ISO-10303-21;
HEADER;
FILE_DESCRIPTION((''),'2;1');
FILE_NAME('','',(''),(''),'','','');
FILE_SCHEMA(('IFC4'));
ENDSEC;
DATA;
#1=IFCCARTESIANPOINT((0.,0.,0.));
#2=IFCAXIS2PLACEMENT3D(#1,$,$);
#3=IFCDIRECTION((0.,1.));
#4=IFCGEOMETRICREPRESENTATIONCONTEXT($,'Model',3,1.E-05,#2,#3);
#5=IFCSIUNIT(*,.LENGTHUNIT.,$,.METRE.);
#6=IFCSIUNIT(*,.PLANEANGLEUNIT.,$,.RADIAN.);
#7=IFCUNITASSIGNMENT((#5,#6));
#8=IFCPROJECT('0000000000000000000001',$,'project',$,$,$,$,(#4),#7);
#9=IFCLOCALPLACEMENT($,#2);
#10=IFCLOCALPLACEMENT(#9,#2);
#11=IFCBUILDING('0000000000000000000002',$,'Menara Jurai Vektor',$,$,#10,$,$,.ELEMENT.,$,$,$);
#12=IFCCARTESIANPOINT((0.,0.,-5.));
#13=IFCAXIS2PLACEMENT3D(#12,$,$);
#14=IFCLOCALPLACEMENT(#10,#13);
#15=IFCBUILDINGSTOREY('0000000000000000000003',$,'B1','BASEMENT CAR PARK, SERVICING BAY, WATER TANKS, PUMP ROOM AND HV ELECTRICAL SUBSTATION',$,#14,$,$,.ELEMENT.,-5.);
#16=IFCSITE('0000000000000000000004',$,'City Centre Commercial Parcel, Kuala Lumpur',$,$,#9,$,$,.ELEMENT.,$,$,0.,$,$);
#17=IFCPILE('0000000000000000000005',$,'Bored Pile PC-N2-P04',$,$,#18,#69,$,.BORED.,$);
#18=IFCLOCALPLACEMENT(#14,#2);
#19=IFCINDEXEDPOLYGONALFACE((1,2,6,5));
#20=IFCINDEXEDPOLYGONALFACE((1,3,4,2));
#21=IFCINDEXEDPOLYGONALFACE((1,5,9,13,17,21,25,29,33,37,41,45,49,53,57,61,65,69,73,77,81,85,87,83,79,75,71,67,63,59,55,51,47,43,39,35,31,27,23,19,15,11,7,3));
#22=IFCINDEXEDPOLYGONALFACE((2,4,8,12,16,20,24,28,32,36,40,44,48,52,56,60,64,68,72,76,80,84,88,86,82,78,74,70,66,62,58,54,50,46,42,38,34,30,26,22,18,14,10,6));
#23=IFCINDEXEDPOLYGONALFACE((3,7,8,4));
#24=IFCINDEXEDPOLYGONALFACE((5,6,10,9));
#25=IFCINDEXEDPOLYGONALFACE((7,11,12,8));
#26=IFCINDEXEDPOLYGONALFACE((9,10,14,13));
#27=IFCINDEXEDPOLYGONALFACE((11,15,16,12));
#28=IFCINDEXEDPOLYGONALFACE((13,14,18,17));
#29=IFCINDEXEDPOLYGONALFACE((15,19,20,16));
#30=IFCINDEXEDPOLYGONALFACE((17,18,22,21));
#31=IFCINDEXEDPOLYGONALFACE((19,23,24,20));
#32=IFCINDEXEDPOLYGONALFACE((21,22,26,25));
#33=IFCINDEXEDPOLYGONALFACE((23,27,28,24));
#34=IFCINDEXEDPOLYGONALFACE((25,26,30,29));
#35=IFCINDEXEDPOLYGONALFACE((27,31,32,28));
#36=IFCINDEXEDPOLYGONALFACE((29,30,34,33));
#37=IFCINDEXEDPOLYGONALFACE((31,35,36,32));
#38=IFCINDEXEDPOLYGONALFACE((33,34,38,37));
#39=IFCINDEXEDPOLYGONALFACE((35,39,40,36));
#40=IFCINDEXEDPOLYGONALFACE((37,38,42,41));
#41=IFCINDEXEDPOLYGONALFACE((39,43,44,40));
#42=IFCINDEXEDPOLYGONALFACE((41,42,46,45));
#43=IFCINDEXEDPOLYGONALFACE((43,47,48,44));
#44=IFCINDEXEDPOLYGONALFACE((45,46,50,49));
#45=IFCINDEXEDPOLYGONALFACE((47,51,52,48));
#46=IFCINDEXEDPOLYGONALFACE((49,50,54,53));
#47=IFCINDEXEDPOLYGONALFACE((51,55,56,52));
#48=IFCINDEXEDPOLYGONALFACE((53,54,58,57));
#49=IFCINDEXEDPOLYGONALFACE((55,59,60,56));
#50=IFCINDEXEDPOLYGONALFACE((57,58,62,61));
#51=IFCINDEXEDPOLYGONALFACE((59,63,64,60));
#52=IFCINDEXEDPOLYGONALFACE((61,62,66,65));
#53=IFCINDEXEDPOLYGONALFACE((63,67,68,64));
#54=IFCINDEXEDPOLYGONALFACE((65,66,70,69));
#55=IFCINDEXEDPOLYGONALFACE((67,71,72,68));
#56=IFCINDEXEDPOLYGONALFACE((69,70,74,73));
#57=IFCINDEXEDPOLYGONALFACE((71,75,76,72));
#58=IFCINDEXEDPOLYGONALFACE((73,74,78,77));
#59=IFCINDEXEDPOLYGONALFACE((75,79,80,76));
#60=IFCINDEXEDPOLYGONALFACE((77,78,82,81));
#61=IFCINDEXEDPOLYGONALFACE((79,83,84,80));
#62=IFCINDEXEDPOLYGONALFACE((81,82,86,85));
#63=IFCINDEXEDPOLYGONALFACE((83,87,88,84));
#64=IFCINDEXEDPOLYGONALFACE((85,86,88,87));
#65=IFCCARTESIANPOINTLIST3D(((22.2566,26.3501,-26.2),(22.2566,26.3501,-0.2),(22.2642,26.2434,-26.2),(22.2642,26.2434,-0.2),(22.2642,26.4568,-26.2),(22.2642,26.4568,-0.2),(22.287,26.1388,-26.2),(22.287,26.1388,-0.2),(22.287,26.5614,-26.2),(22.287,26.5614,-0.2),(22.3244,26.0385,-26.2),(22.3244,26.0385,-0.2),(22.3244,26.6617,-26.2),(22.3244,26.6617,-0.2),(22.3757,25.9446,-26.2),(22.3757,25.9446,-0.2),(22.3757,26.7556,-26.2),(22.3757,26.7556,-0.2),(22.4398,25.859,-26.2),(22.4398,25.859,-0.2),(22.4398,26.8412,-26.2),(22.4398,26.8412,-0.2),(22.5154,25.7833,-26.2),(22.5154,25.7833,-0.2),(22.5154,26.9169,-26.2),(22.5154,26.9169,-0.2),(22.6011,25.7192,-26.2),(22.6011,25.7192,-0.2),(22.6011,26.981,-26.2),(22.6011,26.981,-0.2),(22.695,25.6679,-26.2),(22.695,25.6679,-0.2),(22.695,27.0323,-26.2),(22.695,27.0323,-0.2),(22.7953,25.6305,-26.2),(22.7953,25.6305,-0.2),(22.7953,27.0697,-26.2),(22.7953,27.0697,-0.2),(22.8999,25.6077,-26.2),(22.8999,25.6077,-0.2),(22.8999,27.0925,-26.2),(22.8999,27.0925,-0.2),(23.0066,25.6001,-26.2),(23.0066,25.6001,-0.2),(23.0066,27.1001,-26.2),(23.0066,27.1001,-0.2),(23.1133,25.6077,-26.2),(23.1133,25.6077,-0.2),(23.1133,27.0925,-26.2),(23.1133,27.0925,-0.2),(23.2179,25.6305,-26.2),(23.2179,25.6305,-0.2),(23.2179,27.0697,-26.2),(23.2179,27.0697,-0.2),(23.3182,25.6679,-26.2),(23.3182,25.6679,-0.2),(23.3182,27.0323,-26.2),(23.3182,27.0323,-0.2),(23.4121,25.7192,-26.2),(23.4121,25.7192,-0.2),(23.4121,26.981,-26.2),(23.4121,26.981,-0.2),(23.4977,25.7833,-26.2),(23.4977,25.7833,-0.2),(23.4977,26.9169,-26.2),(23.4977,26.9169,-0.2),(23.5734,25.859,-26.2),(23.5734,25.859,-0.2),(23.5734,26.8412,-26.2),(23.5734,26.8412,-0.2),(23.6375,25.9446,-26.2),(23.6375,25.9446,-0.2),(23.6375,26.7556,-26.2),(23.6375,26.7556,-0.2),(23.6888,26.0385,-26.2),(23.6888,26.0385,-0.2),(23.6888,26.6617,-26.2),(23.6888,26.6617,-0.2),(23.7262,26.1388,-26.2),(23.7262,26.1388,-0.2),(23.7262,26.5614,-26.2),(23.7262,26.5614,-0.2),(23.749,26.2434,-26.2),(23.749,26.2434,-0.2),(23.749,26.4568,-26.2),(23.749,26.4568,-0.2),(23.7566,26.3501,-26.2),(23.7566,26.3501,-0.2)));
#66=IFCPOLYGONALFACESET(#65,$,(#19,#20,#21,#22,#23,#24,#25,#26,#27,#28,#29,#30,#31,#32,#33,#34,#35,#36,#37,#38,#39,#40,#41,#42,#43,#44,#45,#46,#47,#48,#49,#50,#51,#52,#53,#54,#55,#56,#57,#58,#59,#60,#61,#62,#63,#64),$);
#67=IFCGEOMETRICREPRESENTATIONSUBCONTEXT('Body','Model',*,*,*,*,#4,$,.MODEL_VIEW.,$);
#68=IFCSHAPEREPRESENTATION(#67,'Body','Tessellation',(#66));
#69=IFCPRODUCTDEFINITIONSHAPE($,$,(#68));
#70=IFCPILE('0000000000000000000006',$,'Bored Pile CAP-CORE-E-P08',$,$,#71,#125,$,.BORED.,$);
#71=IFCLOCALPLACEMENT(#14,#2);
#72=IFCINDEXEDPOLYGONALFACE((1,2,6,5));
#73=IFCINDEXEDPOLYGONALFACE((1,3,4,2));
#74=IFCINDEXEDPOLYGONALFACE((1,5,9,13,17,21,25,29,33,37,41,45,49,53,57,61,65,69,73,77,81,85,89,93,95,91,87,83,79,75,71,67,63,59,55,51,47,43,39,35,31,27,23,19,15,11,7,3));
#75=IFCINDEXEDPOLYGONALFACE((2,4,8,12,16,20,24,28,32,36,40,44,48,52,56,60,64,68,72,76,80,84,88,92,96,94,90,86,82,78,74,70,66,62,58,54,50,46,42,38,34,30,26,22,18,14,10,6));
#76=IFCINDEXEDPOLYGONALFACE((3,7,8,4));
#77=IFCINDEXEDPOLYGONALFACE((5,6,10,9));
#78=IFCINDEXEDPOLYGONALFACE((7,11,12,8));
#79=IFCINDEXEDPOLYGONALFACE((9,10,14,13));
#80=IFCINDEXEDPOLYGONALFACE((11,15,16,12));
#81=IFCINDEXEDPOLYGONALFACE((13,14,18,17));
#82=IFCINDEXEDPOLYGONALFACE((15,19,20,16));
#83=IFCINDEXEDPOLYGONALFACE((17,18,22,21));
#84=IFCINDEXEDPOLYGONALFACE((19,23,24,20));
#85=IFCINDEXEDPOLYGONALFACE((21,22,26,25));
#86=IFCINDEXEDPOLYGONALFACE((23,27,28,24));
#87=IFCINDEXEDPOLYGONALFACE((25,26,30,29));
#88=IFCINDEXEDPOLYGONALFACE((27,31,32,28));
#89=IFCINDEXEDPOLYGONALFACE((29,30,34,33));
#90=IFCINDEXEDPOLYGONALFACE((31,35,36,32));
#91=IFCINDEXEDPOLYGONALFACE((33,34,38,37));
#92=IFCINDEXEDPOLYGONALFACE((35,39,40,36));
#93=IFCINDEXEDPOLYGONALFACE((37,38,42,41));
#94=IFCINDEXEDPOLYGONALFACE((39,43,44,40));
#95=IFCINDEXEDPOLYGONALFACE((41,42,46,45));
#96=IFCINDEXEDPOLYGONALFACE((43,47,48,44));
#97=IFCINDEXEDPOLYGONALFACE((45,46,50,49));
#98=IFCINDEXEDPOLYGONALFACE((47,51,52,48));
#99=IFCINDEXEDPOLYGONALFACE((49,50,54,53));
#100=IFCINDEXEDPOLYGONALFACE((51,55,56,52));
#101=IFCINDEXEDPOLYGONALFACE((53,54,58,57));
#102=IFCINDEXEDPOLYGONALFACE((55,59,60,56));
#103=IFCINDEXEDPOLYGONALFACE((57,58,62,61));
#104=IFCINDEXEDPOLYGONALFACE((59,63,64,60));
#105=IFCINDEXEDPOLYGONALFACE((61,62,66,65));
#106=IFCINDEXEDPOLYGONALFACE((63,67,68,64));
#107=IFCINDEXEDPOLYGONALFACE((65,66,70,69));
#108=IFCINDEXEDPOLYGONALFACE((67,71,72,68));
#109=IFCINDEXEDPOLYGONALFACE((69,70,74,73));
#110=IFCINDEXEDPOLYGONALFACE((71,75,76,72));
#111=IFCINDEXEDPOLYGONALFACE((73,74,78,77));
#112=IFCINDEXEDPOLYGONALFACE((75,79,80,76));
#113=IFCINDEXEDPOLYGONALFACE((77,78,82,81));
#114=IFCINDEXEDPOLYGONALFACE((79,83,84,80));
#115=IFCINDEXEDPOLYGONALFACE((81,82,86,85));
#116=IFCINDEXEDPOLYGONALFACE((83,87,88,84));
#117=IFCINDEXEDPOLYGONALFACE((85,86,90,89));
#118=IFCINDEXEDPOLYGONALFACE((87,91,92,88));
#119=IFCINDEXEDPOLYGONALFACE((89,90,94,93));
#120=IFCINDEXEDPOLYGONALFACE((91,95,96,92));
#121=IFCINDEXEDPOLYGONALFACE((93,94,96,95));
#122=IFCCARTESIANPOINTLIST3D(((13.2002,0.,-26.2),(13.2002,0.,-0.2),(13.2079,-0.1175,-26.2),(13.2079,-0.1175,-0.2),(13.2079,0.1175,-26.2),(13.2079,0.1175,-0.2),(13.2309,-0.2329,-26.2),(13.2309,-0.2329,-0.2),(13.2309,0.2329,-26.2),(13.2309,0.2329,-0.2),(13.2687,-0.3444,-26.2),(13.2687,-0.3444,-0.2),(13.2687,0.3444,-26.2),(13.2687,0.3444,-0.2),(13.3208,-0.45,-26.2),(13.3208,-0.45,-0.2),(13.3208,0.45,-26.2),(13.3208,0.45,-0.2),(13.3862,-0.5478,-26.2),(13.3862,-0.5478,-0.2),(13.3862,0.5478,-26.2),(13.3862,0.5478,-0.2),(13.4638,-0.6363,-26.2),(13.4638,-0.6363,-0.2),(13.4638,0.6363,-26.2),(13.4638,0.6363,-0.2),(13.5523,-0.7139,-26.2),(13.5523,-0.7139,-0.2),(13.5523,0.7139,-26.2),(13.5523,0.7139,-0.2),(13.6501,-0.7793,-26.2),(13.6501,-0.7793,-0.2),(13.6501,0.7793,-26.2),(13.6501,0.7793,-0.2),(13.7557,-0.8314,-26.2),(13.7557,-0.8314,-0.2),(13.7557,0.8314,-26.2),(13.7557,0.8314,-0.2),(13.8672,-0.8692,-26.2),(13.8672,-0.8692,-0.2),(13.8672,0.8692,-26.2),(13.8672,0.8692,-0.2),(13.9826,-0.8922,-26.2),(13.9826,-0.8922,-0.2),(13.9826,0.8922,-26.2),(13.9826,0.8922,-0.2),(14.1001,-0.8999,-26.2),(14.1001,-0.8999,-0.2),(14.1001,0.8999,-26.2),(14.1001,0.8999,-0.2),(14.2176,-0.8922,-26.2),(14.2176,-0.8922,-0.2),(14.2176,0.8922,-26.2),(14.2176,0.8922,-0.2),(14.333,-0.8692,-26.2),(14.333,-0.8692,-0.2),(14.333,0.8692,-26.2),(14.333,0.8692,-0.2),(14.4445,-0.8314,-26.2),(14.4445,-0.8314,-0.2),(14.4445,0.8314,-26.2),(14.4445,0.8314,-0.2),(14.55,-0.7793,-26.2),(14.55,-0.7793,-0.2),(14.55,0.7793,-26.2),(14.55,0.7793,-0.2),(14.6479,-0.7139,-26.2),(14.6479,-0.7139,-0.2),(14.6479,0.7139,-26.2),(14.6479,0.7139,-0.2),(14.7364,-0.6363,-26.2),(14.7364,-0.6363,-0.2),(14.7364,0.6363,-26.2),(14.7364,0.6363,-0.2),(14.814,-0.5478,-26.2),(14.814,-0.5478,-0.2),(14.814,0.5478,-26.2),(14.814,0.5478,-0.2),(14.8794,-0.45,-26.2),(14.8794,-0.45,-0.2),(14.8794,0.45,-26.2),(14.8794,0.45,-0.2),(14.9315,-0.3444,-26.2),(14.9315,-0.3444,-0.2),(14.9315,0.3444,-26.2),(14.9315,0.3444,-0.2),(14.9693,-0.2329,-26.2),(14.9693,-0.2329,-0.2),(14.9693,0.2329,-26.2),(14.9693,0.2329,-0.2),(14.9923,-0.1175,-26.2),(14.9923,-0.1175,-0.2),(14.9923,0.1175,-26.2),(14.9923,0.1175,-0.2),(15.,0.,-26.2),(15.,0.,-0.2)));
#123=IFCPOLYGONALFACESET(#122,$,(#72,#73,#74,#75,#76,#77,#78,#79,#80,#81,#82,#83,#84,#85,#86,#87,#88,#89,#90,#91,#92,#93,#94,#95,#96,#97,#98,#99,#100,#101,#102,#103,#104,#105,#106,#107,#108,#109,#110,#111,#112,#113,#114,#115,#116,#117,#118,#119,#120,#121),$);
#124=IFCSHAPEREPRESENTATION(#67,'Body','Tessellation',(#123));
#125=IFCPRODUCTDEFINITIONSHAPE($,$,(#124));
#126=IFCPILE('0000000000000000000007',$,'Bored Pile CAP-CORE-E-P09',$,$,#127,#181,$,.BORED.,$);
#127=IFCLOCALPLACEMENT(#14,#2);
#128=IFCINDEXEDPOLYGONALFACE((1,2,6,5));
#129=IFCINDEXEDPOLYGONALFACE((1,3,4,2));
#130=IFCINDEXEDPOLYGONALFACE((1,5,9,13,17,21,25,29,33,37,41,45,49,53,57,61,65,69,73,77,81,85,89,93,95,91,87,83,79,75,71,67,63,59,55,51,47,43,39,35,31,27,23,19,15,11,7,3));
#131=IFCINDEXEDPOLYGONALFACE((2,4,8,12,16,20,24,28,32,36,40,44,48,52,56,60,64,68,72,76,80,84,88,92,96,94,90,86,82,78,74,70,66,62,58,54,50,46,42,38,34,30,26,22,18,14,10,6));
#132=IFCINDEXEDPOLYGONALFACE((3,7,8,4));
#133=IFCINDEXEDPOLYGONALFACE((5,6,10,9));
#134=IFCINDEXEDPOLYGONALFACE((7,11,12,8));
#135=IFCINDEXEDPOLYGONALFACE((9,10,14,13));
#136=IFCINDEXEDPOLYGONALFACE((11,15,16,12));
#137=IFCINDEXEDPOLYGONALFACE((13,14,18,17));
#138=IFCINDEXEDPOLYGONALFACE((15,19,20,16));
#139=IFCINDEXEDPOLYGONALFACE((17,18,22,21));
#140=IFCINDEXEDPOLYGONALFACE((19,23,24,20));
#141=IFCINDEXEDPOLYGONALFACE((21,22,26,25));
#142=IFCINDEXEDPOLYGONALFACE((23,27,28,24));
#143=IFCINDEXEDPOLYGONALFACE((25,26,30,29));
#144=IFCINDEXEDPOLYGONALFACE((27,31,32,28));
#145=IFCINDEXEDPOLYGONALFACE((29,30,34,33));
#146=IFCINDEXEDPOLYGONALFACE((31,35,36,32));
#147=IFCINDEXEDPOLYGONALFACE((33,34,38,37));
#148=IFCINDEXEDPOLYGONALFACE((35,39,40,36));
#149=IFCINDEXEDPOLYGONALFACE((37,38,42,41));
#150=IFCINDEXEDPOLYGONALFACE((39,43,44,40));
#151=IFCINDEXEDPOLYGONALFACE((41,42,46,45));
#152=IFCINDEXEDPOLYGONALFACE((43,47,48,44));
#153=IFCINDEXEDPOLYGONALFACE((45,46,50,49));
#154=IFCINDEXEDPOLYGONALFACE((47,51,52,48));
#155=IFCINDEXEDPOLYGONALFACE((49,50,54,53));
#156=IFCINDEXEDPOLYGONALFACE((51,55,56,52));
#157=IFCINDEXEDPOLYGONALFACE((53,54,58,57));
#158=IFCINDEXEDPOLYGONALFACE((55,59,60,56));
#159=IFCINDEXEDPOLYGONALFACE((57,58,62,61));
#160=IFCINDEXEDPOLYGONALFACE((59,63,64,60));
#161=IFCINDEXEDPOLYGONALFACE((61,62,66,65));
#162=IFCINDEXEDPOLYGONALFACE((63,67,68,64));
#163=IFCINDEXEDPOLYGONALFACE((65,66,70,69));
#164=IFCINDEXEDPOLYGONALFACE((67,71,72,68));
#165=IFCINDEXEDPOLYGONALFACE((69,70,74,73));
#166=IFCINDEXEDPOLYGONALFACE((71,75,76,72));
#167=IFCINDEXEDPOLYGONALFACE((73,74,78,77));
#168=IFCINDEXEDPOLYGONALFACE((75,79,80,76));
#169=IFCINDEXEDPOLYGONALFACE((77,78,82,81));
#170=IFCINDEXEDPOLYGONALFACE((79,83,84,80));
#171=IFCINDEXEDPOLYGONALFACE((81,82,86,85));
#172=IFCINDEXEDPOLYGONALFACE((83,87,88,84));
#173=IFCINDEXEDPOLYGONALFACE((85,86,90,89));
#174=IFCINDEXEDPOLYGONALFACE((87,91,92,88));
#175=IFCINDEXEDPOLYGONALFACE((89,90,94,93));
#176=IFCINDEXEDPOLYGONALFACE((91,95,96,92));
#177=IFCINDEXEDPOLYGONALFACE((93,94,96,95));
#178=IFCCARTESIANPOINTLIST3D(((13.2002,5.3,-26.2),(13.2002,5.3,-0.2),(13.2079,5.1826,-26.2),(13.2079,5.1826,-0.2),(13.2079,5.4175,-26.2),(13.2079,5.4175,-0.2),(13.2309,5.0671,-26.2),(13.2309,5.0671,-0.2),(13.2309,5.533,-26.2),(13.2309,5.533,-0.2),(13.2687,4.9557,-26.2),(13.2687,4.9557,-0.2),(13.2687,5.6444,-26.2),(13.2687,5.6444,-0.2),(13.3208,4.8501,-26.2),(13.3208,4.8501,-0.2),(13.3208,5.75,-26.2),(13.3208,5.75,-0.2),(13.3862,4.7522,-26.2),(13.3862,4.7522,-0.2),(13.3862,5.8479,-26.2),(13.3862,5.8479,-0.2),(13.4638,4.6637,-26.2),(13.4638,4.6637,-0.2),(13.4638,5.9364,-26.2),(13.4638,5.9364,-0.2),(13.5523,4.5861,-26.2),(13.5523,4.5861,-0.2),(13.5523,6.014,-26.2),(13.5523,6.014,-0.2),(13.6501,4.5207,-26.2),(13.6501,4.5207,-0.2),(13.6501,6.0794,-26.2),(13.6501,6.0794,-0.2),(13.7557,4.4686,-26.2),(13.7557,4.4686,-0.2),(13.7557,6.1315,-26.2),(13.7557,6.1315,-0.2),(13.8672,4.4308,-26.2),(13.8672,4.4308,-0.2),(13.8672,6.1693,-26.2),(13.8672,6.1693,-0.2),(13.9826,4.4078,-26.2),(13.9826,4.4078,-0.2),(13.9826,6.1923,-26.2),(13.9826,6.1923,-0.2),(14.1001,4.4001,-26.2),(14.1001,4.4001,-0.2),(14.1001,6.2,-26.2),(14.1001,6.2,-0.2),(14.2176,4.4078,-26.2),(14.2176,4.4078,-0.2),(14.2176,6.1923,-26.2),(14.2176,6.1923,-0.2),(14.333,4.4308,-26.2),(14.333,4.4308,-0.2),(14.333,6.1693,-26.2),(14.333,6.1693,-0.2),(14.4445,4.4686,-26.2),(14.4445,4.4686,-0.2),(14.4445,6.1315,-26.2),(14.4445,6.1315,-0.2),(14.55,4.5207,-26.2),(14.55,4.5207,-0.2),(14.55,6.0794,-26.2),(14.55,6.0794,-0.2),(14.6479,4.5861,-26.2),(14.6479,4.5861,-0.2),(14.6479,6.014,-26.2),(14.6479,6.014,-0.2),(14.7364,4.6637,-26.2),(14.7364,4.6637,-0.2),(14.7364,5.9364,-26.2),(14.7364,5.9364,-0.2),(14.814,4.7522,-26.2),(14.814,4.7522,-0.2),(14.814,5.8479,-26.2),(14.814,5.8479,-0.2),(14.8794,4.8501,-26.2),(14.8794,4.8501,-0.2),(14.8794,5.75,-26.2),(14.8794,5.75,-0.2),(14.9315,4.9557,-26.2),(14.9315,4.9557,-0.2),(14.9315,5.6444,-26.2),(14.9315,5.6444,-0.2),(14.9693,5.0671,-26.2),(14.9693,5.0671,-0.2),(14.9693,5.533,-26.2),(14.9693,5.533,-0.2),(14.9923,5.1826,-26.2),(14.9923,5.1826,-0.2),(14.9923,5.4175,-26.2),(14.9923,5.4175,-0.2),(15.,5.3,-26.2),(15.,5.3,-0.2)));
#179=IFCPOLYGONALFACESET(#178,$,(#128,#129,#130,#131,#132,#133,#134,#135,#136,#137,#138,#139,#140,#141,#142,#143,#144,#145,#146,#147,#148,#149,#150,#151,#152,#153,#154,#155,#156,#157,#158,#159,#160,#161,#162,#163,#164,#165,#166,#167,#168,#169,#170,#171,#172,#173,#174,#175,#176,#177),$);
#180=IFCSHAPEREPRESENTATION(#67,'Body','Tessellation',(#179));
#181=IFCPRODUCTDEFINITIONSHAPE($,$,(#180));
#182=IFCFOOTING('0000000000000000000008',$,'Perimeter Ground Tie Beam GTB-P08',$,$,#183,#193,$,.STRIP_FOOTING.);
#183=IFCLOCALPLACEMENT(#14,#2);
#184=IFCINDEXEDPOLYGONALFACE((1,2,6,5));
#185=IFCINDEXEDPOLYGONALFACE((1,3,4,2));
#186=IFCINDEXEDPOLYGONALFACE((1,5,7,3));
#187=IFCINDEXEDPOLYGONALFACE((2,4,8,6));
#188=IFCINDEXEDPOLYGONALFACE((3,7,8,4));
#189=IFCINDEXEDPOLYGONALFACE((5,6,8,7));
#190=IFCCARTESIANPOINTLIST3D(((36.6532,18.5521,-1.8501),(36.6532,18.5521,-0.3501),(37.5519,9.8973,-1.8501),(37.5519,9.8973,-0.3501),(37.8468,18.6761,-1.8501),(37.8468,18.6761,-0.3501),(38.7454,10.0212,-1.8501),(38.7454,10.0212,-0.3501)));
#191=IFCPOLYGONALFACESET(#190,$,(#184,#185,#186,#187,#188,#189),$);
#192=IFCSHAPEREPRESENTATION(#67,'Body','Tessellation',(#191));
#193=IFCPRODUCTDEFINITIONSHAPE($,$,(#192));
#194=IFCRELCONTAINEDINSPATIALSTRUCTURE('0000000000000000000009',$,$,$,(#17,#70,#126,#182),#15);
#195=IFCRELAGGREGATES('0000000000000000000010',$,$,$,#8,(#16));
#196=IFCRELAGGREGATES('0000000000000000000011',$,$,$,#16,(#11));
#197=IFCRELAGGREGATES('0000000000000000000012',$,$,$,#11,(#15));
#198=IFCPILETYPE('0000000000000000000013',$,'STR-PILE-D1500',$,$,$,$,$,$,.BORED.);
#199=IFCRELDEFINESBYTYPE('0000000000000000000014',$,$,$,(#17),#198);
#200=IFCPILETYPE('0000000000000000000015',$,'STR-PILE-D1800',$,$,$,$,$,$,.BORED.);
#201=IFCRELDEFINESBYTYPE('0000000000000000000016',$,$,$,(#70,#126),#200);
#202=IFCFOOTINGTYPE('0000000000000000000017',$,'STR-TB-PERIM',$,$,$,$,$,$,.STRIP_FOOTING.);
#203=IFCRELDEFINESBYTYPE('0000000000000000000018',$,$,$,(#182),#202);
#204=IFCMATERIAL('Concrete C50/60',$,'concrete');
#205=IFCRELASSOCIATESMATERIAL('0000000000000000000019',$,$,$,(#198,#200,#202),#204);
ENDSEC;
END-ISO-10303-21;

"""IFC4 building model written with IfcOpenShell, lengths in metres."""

from ifc_helpers import new_model, si_unit, direction, frame, origin, origin_2d, place, context, subcontext, project, spatial, rectangle, circle, extrude, material, material_profile, profile_set, type_object, element, save


model = new_model("IFC4")

# Units and contexts
model_context = context("Model", 3, precision=1e-05, world=origin(), true_north=direction((0.0, 1.0)))
body_context = subcontext(model_context, "Body", "Model", "MODEL_VIEW")
ifc_project = project(units=[si_unit("LENGTHUNIT", "METRE"), si_unit("PLANEANGLEUNIT", "RADIAN")], contexts=[model_context])

# Site, building, storey
site_placement = place(None, origin())
site = spatial("IfcSite", under=ifc_project, at=site_placement, Name="City Centre Commercial Parcel, Kuala Lumpur", CompositionType="ELEMENT", RefElevation=0.0)
building_placement = place(site_placement, origin())
building = spatial("IfcBuilding", under=site, at=building_placement, Name="Menara Jurai Vektor", CompositionType="ELEMENT")
storey_placement = place(building_placement, frame((0.0, 0.0, -5.0)))
storey = spatial("IfcBuildingStorey", under=building, at=storey_placement, Name="B1", Description="BASEMENT CAR PARK, SERVICING BAY, WATER TANKS, PUMP ROOM AND HV ELECTRICAL SUBSTATION", CompositionType="ELEMENT", Elevation=-5.0)

# Shared definitions
ifc_material_1 = material(Name="Concrete C50/60", Category="concrete")

# Piles
ifc_material_profile_1 = material_profile(ifc_material_1, circle(Radius=0.75, at=origin_2d()), Name="PILE D1500")
ifc_profile_set_1 = profile_set([ifc_material_profile_1], Name="Concrete C50/60")
pile_type_1 = type_object("IfcPileType", Name="STR-PILE-D1500", PredefinedType="BORED", material=ifc_profile_set_1)
for number, where, z_axis, x_axis, name in (
    (1, (23.0066, 26.3501, -0.2), (0.0, 0.0, -1.0), (1.0, 0.0, 0.0), "Bored Pile PC-N2-P04"),
):
    element("IfcPile", number, at=place(storey_placement, frame(where, z_axis=z_axis, x_axis=x_axis)), inside=storey, type_object=pile_type_1, Name=name, PredefinedType="BORED", context=body_context, shape_type="SweptSolid", body=[
        extrude(circle(Radius=0.75, at=origin_2d()), origin(), (0.0, 0.0, 1.0), 26.0),
    ])
ifc_material_profile_2 = material_profile(ifc_material_1, circle(Radius=0.8999, at=origin_2d()), Name="PILE D1800")
ifc_profile_set_2 = profile_set([ifc_material_profile_2], Name="Concrete C50/60")
pile_type_2 = type_object("IfcPileType", Name="STR-PILE-D1800", PredefinedType="BORED", material=ifc_profile_set_2)
for number, where, z_axis, x_axis, name in (
    (2, (14.1001, 0.0, -0.2), (0.0, 0.0, -1.0), (1.0, 0.0, 0.0), "Bored Pile CAP-CORE-E-P08"),
    (3, (14.1001, 5.3, -0.2), (0.0, 0.0, -1.0), (1.0, 0.0, 0.0), "Bored Pile CAP-CORE-E-P09"),
):
    element("IfcPile", number, at=place(storey_placement, frame(where, z_axis=z_axis, x_axis=x_axis)), inside=storey, type_object=pile_type_2, Name=name, PredefinedType="BORED", context=body_context, shape_type="SweptSolid", body=[
        extrude(circle(Radius=0.8999, at=origin_2d()), origin(), (0.0, 0.0, 1.0), 26.0),
    ])

# Footing
ifc_material_profile_3 = material_profile(ifc_material_1, rectangle(XDim=1.2, YDim=1.5, at=origin_2d()), Name="RC 1200x1500")
ifc_profile_set_3 = profile_set([ifc_material_profile_3], Name="Concrete C50/60")
footing_type_1 = type_object("IfcFootingType", Name="STR-TB-PERIM", PredefinedType="STRIP_FOOTING", material=ifc_profile_set_3)
footing_1_placement = place(storey_placement, frame((38.1487, 9.9592, -1.1001), z_axis=(-0.103281, 0.994652, 0.0), x_axis=(-0.994652, -0.103281, 0.0)))
element("IfcFooting", 4, at=footing_1_placement, inside=storey, type_object=footing_type_1, Name="Perimeter Ground Tie Beam GTB-P08", PredefinedType="STRIP_FOOTING", context=body_context, shape_type="SweptSolid", body=[
    extrude(rectangle(XDim=1.2, YDim=1.5, at=origin_2d()), origin(), (0.0, 0.0, 1.0), 8.7014),
])

save(model, "model.ifc")
